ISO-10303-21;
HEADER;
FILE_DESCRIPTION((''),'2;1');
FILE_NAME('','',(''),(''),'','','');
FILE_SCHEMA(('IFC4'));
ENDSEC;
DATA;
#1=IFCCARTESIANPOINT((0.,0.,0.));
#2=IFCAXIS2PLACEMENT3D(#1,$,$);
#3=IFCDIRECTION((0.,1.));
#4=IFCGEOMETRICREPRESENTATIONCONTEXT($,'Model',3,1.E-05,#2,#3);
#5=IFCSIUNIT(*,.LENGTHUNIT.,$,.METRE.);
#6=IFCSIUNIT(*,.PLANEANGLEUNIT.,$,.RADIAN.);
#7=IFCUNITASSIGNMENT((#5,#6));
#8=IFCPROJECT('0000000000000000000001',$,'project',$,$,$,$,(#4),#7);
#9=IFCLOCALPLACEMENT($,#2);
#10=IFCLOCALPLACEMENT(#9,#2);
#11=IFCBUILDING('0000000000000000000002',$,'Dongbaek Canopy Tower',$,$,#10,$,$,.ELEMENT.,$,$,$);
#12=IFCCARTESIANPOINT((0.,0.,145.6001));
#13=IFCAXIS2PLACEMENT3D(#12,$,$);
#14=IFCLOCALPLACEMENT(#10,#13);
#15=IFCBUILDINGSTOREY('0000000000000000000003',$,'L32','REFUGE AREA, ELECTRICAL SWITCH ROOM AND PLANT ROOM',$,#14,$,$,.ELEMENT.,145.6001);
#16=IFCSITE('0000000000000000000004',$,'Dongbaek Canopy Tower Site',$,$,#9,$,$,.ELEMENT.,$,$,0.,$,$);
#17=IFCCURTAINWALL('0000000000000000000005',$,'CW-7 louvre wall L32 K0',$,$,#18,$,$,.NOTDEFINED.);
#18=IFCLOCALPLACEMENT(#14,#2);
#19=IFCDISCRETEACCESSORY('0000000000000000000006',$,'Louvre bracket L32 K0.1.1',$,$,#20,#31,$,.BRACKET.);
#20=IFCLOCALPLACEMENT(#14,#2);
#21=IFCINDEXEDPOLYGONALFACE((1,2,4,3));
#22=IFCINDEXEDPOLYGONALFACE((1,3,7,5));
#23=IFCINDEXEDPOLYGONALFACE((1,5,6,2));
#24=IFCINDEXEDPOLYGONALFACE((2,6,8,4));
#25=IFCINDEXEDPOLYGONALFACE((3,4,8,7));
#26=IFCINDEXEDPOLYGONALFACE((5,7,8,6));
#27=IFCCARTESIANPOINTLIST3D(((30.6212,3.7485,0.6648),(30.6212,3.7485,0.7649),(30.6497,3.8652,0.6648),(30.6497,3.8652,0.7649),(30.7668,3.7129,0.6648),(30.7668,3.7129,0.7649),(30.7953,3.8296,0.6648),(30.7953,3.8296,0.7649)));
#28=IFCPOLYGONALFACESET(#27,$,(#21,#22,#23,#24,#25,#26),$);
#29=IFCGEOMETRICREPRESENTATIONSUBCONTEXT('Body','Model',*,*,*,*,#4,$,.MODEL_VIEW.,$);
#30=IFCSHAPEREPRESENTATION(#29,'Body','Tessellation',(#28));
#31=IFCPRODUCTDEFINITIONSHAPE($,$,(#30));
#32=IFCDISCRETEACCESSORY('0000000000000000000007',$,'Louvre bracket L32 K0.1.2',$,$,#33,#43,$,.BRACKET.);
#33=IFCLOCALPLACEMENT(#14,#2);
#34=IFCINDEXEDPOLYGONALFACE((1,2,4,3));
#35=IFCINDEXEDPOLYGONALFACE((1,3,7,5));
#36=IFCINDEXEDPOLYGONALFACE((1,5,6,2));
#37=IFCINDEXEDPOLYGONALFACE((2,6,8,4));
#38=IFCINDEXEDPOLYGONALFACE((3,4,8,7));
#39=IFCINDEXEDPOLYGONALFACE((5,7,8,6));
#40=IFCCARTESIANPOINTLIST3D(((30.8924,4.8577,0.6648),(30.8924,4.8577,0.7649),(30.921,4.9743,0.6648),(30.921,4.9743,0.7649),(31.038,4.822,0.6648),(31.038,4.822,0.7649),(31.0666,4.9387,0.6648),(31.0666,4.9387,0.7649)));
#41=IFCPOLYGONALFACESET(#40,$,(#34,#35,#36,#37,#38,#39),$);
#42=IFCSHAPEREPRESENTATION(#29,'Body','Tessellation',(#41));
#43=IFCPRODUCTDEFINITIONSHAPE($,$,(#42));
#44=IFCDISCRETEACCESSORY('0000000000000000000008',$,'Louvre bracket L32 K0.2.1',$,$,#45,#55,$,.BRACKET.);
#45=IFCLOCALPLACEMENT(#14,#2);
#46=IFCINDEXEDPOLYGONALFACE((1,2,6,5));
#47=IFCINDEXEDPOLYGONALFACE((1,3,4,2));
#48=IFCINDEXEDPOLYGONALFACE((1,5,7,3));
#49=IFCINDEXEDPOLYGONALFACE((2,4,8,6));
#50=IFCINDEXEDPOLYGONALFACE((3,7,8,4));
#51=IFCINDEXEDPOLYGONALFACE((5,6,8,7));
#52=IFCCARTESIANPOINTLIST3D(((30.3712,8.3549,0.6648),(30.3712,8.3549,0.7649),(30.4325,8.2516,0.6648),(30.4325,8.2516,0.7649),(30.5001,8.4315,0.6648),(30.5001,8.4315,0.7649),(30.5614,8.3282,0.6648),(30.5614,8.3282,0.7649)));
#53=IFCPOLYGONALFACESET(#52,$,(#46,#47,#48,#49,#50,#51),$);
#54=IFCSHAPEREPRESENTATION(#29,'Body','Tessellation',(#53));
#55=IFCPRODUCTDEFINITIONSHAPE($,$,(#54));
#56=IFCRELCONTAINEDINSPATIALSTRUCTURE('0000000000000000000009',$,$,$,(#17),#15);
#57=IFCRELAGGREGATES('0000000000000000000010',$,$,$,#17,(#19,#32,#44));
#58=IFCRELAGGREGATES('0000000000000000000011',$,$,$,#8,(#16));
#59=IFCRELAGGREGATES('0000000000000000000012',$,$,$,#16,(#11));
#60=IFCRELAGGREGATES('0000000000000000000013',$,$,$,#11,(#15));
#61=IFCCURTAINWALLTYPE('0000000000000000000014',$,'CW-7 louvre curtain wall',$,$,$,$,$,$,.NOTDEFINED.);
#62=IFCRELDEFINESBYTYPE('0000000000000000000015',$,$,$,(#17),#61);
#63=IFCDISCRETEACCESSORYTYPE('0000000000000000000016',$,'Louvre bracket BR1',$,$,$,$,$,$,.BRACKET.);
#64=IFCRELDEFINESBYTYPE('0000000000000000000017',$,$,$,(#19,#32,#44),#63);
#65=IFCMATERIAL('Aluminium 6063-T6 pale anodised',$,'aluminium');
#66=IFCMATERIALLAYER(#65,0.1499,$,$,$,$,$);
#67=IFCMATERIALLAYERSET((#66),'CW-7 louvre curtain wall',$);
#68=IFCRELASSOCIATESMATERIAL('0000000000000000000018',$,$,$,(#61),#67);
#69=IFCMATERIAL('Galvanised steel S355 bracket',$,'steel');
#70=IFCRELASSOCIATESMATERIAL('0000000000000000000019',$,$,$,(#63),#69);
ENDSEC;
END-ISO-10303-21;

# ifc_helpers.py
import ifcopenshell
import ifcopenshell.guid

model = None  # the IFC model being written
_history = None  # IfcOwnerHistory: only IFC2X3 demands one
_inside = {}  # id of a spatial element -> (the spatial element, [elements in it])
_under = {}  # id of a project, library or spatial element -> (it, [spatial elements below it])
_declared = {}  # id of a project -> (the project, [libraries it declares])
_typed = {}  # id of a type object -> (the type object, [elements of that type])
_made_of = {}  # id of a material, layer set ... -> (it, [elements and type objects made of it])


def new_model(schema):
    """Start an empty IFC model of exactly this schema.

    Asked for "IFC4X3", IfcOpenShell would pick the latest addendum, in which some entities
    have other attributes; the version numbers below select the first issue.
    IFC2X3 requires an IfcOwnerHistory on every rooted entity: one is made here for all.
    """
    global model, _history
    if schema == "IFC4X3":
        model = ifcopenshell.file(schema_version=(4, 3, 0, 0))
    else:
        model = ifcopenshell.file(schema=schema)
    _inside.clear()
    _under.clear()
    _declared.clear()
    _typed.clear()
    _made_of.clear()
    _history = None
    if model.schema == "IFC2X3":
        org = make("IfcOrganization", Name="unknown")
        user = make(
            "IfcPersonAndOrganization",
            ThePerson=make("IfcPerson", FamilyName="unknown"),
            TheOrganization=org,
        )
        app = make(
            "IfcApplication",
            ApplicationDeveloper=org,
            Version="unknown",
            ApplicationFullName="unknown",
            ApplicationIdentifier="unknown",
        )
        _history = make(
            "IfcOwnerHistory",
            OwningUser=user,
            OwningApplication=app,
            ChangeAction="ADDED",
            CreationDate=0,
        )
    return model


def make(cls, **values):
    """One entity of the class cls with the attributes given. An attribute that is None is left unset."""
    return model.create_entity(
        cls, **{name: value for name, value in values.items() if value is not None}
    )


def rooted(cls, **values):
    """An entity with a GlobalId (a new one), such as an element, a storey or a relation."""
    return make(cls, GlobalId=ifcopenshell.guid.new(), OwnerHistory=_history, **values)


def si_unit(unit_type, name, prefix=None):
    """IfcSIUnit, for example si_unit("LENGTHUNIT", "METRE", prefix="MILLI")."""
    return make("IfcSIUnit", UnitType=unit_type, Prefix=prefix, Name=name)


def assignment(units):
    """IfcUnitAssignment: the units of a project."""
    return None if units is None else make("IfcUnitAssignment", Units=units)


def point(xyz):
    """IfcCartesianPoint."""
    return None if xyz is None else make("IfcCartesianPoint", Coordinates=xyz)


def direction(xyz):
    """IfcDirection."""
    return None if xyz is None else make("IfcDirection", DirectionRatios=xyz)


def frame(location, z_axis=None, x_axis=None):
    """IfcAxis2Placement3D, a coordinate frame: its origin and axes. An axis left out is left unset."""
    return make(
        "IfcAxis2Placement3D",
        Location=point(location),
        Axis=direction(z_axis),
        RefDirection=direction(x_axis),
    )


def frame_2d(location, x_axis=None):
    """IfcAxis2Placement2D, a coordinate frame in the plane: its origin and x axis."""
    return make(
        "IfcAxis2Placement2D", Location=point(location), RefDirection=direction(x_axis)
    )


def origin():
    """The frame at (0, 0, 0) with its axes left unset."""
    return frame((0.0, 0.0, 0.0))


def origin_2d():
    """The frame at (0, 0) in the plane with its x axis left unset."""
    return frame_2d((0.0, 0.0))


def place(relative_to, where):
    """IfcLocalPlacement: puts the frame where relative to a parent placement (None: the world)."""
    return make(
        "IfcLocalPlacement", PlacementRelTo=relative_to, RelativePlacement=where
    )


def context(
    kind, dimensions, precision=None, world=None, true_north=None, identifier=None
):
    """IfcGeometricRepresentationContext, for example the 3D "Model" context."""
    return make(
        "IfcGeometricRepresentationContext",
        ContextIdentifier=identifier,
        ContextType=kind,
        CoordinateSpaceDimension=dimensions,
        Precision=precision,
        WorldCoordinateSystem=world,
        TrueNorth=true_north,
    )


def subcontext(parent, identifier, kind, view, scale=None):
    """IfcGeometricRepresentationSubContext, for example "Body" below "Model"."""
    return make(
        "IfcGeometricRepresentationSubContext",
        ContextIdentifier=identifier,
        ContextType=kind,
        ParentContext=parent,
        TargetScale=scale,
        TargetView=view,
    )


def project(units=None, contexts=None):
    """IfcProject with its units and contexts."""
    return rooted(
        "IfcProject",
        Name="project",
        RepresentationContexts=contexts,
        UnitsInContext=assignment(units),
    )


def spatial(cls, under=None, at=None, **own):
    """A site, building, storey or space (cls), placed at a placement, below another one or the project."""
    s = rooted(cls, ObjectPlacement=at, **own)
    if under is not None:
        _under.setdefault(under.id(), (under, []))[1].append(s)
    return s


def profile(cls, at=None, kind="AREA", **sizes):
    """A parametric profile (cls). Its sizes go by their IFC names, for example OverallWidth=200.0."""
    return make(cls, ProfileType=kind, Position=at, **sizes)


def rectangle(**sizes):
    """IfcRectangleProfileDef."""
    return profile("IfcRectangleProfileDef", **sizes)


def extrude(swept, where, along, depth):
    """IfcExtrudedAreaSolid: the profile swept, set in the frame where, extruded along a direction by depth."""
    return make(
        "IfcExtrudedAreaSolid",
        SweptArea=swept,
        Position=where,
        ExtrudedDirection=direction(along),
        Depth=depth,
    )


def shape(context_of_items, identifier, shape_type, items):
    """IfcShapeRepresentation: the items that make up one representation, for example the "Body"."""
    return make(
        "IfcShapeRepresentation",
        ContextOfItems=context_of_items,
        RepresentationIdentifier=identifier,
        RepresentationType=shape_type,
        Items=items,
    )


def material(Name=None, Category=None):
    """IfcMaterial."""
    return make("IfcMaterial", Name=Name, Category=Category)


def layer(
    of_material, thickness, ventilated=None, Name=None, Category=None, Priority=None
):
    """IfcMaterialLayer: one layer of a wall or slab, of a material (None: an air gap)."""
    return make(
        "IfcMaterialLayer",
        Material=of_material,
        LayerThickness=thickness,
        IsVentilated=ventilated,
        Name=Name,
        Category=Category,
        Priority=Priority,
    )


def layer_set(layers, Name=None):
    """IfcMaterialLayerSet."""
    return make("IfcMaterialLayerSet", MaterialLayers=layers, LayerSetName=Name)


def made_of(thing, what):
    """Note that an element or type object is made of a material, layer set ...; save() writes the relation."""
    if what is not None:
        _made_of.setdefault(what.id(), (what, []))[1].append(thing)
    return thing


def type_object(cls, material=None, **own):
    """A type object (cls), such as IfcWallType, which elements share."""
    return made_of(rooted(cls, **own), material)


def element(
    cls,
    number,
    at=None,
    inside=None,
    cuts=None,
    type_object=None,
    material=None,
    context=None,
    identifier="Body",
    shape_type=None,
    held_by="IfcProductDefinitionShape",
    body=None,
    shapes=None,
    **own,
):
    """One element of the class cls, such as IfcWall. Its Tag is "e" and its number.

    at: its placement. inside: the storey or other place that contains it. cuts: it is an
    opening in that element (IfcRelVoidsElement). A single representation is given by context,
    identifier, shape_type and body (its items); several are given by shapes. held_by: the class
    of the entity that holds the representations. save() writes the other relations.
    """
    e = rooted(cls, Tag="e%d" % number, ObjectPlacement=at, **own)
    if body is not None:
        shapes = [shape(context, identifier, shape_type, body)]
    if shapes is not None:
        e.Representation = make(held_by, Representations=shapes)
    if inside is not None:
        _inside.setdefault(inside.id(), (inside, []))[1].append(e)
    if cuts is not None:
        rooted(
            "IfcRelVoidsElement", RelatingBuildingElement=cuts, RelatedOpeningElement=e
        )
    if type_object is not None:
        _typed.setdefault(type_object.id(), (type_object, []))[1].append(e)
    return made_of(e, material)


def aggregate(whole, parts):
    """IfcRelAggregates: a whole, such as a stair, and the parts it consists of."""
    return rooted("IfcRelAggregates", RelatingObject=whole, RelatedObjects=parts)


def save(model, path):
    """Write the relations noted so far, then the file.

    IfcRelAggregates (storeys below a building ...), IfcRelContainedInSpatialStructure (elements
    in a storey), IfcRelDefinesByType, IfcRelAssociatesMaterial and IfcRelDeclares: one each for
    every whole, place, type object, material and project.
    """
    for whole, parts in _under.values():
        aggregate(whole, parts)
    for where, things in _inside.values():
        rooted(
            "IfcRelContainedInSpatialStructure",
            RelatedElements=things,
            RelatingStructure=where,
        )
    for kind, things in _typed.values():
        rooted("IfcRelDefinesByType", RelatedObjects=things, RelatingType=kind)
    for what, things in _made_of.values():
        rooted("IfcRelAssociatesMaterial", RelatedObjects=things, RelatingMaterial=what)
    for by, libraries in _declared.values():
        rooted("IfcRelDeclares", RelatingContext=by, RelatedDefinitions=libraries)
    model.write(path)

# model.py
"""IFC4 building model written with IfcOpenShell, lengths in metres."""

from ifc_helpers import new_model, si_unit, direction, frame, origin, origin_2d, place, context, subcontext, project, spatial, rectangle, extrude, material, layer, layer_set, type_object, element, aggregate, save


model = new_model("IFC4")

# Units and contexts
model_context = context("Model", 3, precision=1e-05, world=origin(), true_north=direction((0.0, 1.0)))
body_context = subcontext(model_context, "Body", "Model", "MODEL_VIEW")
ifc_project = project(units=[si_unit("LENGTHUNIT", "METRE"), si_unit("PLANEANGLEUNIT", "RADIAN")], contexts=[model_context])

# Site, building, storey
site_placement = place(None, origin())
site = spatial("IfcSite", under=ifc_project, at=site_placement, Name="Dongbaek Canopy Tower Site", CompositionType="ELEMENT", RefElevation=0.0)
building_placement = place(site_placement, origin())
building = spatial("IfcBuilding", under=site, at=building_placement, Name="Dongbaek Canopy Tower", CompositionType="ELEMENT")
storey_placement = place(building_placement, frame((0.0, 0.0, 145.6001)))
storey = spatial("IfcBuildingStorey", under=building, at=storey_placement, Name="L32", Description="REFUGE AREA, ELECTRICAL SWITCH ROOM AND PLANT ROOM", CompositionType="ELEMENT", Elevation=145.6001)

# Curtain wall
ifc_material_1 = material(Name="Aluminium 6063-T6 pale anodised", Category="aluminium")
ifc_layer_1 = layer(ifc_material_1, 0.1499)
ifc_layer_set_1 = layer_set([ifc_layer_1], Name="CW-7 louvre curtain wall")
curtain_wall_type = type_object("IfcCurtainWallType", Name="CW-7 louvre curtain wall", PredefinedType="NOTDEFINED", material=ifc_layer_set_1)
curtain_wall_1_placement = place(storey_placement, origin())
curtain_wall_1 = element("IfcCurtainWall", 1, at=curtain_wall_1_placement, inside=storey, type_object=curtain_wall_type, Name="CW-7 louvre wall L32 K0", PredefinedType="NOTDEFINED")

# Discrete accessories
ifc_material_2 = material(Name="Galvanised steel S355 bracket", Category="steel")
discrete_accessory_type = type_object("IfcDiscreteAccessoryType", Name="Louvre bracket BR1", PredefinedType="BRACKET", material=ifc_material_2)
discrete_accessory_1_placement = place(storey_placement, frame((30.7083, 3.7891, 0.6648), z_axis=(0.0, 0.0, 1.0), x_axis=(0.237585, 0.971367, 0.0)))
discrete_accessory_1 = element("IfcDiscreteAccessory", 2, at=discrete_accessory_1_placement, type_object=discrete_accessory_type, Name="Louvre bracket L32 K0.1.1", PredefinedType="BRACKET", context=body_context, shape_type="SweptSolid", body=[
    extrude(rectangle(XDim=0.1201, YDim=0.1499, at=origin_2d()), origin(), (0.0, 0.0, 1.0), 0.1001),
])
discrete_accessory_2_placement = place(storey_placement, frame((30.9795, 4.8982, 0.6648), z_axis=(0.0, 0.0, 1.0), x_axis=(0.237585, 0.971367, 0.0)))
discrete_accessory_2 = element("IfcDiscreteAccessory", 3, at=discrete_accessory_2_placement, type_object=discrete_accessory_type, Name="Louvre bracket L32 K0.1.2", PredefinedType="BRACKET", context=body_context, shape_type="SweptSolid", body=[
    extrude(rectangle(XDim=0.1201, YDim=0.1499, at=origin_2d()), origin(), (0.0, 0.0, 1.0), 0.1001),
])
discrete_accessory_3_placement = place(storey_placement, frame((30.4663, 8.3416, 0.6648), z_axis=(0.0, 0.0, 1.0), x_axis=(-0.51058, 0.85983, 0.0)))
discrete_accessory_3 = element("IfcDiscreteAccessory", 4, at=discrete_accessory_3_placement, type_object=discrete_accessory_type, Name="Louvre bracket L32 K0.2.1", PredefinedType="BRACKET", context=body_context, shape_type="SweptSolid", body=[
    extrude(rectangle(XDim=0.1201, YDim=0.1499, at=origin_2d()), origin(), (0.0, 0.0, 1.0), 0.1001),
])
aggregate(curtain_wall_1, [discrete_accessory_1, discrete_accessory_2, discrete_accessory_3])

save(model, "model.ifc")
